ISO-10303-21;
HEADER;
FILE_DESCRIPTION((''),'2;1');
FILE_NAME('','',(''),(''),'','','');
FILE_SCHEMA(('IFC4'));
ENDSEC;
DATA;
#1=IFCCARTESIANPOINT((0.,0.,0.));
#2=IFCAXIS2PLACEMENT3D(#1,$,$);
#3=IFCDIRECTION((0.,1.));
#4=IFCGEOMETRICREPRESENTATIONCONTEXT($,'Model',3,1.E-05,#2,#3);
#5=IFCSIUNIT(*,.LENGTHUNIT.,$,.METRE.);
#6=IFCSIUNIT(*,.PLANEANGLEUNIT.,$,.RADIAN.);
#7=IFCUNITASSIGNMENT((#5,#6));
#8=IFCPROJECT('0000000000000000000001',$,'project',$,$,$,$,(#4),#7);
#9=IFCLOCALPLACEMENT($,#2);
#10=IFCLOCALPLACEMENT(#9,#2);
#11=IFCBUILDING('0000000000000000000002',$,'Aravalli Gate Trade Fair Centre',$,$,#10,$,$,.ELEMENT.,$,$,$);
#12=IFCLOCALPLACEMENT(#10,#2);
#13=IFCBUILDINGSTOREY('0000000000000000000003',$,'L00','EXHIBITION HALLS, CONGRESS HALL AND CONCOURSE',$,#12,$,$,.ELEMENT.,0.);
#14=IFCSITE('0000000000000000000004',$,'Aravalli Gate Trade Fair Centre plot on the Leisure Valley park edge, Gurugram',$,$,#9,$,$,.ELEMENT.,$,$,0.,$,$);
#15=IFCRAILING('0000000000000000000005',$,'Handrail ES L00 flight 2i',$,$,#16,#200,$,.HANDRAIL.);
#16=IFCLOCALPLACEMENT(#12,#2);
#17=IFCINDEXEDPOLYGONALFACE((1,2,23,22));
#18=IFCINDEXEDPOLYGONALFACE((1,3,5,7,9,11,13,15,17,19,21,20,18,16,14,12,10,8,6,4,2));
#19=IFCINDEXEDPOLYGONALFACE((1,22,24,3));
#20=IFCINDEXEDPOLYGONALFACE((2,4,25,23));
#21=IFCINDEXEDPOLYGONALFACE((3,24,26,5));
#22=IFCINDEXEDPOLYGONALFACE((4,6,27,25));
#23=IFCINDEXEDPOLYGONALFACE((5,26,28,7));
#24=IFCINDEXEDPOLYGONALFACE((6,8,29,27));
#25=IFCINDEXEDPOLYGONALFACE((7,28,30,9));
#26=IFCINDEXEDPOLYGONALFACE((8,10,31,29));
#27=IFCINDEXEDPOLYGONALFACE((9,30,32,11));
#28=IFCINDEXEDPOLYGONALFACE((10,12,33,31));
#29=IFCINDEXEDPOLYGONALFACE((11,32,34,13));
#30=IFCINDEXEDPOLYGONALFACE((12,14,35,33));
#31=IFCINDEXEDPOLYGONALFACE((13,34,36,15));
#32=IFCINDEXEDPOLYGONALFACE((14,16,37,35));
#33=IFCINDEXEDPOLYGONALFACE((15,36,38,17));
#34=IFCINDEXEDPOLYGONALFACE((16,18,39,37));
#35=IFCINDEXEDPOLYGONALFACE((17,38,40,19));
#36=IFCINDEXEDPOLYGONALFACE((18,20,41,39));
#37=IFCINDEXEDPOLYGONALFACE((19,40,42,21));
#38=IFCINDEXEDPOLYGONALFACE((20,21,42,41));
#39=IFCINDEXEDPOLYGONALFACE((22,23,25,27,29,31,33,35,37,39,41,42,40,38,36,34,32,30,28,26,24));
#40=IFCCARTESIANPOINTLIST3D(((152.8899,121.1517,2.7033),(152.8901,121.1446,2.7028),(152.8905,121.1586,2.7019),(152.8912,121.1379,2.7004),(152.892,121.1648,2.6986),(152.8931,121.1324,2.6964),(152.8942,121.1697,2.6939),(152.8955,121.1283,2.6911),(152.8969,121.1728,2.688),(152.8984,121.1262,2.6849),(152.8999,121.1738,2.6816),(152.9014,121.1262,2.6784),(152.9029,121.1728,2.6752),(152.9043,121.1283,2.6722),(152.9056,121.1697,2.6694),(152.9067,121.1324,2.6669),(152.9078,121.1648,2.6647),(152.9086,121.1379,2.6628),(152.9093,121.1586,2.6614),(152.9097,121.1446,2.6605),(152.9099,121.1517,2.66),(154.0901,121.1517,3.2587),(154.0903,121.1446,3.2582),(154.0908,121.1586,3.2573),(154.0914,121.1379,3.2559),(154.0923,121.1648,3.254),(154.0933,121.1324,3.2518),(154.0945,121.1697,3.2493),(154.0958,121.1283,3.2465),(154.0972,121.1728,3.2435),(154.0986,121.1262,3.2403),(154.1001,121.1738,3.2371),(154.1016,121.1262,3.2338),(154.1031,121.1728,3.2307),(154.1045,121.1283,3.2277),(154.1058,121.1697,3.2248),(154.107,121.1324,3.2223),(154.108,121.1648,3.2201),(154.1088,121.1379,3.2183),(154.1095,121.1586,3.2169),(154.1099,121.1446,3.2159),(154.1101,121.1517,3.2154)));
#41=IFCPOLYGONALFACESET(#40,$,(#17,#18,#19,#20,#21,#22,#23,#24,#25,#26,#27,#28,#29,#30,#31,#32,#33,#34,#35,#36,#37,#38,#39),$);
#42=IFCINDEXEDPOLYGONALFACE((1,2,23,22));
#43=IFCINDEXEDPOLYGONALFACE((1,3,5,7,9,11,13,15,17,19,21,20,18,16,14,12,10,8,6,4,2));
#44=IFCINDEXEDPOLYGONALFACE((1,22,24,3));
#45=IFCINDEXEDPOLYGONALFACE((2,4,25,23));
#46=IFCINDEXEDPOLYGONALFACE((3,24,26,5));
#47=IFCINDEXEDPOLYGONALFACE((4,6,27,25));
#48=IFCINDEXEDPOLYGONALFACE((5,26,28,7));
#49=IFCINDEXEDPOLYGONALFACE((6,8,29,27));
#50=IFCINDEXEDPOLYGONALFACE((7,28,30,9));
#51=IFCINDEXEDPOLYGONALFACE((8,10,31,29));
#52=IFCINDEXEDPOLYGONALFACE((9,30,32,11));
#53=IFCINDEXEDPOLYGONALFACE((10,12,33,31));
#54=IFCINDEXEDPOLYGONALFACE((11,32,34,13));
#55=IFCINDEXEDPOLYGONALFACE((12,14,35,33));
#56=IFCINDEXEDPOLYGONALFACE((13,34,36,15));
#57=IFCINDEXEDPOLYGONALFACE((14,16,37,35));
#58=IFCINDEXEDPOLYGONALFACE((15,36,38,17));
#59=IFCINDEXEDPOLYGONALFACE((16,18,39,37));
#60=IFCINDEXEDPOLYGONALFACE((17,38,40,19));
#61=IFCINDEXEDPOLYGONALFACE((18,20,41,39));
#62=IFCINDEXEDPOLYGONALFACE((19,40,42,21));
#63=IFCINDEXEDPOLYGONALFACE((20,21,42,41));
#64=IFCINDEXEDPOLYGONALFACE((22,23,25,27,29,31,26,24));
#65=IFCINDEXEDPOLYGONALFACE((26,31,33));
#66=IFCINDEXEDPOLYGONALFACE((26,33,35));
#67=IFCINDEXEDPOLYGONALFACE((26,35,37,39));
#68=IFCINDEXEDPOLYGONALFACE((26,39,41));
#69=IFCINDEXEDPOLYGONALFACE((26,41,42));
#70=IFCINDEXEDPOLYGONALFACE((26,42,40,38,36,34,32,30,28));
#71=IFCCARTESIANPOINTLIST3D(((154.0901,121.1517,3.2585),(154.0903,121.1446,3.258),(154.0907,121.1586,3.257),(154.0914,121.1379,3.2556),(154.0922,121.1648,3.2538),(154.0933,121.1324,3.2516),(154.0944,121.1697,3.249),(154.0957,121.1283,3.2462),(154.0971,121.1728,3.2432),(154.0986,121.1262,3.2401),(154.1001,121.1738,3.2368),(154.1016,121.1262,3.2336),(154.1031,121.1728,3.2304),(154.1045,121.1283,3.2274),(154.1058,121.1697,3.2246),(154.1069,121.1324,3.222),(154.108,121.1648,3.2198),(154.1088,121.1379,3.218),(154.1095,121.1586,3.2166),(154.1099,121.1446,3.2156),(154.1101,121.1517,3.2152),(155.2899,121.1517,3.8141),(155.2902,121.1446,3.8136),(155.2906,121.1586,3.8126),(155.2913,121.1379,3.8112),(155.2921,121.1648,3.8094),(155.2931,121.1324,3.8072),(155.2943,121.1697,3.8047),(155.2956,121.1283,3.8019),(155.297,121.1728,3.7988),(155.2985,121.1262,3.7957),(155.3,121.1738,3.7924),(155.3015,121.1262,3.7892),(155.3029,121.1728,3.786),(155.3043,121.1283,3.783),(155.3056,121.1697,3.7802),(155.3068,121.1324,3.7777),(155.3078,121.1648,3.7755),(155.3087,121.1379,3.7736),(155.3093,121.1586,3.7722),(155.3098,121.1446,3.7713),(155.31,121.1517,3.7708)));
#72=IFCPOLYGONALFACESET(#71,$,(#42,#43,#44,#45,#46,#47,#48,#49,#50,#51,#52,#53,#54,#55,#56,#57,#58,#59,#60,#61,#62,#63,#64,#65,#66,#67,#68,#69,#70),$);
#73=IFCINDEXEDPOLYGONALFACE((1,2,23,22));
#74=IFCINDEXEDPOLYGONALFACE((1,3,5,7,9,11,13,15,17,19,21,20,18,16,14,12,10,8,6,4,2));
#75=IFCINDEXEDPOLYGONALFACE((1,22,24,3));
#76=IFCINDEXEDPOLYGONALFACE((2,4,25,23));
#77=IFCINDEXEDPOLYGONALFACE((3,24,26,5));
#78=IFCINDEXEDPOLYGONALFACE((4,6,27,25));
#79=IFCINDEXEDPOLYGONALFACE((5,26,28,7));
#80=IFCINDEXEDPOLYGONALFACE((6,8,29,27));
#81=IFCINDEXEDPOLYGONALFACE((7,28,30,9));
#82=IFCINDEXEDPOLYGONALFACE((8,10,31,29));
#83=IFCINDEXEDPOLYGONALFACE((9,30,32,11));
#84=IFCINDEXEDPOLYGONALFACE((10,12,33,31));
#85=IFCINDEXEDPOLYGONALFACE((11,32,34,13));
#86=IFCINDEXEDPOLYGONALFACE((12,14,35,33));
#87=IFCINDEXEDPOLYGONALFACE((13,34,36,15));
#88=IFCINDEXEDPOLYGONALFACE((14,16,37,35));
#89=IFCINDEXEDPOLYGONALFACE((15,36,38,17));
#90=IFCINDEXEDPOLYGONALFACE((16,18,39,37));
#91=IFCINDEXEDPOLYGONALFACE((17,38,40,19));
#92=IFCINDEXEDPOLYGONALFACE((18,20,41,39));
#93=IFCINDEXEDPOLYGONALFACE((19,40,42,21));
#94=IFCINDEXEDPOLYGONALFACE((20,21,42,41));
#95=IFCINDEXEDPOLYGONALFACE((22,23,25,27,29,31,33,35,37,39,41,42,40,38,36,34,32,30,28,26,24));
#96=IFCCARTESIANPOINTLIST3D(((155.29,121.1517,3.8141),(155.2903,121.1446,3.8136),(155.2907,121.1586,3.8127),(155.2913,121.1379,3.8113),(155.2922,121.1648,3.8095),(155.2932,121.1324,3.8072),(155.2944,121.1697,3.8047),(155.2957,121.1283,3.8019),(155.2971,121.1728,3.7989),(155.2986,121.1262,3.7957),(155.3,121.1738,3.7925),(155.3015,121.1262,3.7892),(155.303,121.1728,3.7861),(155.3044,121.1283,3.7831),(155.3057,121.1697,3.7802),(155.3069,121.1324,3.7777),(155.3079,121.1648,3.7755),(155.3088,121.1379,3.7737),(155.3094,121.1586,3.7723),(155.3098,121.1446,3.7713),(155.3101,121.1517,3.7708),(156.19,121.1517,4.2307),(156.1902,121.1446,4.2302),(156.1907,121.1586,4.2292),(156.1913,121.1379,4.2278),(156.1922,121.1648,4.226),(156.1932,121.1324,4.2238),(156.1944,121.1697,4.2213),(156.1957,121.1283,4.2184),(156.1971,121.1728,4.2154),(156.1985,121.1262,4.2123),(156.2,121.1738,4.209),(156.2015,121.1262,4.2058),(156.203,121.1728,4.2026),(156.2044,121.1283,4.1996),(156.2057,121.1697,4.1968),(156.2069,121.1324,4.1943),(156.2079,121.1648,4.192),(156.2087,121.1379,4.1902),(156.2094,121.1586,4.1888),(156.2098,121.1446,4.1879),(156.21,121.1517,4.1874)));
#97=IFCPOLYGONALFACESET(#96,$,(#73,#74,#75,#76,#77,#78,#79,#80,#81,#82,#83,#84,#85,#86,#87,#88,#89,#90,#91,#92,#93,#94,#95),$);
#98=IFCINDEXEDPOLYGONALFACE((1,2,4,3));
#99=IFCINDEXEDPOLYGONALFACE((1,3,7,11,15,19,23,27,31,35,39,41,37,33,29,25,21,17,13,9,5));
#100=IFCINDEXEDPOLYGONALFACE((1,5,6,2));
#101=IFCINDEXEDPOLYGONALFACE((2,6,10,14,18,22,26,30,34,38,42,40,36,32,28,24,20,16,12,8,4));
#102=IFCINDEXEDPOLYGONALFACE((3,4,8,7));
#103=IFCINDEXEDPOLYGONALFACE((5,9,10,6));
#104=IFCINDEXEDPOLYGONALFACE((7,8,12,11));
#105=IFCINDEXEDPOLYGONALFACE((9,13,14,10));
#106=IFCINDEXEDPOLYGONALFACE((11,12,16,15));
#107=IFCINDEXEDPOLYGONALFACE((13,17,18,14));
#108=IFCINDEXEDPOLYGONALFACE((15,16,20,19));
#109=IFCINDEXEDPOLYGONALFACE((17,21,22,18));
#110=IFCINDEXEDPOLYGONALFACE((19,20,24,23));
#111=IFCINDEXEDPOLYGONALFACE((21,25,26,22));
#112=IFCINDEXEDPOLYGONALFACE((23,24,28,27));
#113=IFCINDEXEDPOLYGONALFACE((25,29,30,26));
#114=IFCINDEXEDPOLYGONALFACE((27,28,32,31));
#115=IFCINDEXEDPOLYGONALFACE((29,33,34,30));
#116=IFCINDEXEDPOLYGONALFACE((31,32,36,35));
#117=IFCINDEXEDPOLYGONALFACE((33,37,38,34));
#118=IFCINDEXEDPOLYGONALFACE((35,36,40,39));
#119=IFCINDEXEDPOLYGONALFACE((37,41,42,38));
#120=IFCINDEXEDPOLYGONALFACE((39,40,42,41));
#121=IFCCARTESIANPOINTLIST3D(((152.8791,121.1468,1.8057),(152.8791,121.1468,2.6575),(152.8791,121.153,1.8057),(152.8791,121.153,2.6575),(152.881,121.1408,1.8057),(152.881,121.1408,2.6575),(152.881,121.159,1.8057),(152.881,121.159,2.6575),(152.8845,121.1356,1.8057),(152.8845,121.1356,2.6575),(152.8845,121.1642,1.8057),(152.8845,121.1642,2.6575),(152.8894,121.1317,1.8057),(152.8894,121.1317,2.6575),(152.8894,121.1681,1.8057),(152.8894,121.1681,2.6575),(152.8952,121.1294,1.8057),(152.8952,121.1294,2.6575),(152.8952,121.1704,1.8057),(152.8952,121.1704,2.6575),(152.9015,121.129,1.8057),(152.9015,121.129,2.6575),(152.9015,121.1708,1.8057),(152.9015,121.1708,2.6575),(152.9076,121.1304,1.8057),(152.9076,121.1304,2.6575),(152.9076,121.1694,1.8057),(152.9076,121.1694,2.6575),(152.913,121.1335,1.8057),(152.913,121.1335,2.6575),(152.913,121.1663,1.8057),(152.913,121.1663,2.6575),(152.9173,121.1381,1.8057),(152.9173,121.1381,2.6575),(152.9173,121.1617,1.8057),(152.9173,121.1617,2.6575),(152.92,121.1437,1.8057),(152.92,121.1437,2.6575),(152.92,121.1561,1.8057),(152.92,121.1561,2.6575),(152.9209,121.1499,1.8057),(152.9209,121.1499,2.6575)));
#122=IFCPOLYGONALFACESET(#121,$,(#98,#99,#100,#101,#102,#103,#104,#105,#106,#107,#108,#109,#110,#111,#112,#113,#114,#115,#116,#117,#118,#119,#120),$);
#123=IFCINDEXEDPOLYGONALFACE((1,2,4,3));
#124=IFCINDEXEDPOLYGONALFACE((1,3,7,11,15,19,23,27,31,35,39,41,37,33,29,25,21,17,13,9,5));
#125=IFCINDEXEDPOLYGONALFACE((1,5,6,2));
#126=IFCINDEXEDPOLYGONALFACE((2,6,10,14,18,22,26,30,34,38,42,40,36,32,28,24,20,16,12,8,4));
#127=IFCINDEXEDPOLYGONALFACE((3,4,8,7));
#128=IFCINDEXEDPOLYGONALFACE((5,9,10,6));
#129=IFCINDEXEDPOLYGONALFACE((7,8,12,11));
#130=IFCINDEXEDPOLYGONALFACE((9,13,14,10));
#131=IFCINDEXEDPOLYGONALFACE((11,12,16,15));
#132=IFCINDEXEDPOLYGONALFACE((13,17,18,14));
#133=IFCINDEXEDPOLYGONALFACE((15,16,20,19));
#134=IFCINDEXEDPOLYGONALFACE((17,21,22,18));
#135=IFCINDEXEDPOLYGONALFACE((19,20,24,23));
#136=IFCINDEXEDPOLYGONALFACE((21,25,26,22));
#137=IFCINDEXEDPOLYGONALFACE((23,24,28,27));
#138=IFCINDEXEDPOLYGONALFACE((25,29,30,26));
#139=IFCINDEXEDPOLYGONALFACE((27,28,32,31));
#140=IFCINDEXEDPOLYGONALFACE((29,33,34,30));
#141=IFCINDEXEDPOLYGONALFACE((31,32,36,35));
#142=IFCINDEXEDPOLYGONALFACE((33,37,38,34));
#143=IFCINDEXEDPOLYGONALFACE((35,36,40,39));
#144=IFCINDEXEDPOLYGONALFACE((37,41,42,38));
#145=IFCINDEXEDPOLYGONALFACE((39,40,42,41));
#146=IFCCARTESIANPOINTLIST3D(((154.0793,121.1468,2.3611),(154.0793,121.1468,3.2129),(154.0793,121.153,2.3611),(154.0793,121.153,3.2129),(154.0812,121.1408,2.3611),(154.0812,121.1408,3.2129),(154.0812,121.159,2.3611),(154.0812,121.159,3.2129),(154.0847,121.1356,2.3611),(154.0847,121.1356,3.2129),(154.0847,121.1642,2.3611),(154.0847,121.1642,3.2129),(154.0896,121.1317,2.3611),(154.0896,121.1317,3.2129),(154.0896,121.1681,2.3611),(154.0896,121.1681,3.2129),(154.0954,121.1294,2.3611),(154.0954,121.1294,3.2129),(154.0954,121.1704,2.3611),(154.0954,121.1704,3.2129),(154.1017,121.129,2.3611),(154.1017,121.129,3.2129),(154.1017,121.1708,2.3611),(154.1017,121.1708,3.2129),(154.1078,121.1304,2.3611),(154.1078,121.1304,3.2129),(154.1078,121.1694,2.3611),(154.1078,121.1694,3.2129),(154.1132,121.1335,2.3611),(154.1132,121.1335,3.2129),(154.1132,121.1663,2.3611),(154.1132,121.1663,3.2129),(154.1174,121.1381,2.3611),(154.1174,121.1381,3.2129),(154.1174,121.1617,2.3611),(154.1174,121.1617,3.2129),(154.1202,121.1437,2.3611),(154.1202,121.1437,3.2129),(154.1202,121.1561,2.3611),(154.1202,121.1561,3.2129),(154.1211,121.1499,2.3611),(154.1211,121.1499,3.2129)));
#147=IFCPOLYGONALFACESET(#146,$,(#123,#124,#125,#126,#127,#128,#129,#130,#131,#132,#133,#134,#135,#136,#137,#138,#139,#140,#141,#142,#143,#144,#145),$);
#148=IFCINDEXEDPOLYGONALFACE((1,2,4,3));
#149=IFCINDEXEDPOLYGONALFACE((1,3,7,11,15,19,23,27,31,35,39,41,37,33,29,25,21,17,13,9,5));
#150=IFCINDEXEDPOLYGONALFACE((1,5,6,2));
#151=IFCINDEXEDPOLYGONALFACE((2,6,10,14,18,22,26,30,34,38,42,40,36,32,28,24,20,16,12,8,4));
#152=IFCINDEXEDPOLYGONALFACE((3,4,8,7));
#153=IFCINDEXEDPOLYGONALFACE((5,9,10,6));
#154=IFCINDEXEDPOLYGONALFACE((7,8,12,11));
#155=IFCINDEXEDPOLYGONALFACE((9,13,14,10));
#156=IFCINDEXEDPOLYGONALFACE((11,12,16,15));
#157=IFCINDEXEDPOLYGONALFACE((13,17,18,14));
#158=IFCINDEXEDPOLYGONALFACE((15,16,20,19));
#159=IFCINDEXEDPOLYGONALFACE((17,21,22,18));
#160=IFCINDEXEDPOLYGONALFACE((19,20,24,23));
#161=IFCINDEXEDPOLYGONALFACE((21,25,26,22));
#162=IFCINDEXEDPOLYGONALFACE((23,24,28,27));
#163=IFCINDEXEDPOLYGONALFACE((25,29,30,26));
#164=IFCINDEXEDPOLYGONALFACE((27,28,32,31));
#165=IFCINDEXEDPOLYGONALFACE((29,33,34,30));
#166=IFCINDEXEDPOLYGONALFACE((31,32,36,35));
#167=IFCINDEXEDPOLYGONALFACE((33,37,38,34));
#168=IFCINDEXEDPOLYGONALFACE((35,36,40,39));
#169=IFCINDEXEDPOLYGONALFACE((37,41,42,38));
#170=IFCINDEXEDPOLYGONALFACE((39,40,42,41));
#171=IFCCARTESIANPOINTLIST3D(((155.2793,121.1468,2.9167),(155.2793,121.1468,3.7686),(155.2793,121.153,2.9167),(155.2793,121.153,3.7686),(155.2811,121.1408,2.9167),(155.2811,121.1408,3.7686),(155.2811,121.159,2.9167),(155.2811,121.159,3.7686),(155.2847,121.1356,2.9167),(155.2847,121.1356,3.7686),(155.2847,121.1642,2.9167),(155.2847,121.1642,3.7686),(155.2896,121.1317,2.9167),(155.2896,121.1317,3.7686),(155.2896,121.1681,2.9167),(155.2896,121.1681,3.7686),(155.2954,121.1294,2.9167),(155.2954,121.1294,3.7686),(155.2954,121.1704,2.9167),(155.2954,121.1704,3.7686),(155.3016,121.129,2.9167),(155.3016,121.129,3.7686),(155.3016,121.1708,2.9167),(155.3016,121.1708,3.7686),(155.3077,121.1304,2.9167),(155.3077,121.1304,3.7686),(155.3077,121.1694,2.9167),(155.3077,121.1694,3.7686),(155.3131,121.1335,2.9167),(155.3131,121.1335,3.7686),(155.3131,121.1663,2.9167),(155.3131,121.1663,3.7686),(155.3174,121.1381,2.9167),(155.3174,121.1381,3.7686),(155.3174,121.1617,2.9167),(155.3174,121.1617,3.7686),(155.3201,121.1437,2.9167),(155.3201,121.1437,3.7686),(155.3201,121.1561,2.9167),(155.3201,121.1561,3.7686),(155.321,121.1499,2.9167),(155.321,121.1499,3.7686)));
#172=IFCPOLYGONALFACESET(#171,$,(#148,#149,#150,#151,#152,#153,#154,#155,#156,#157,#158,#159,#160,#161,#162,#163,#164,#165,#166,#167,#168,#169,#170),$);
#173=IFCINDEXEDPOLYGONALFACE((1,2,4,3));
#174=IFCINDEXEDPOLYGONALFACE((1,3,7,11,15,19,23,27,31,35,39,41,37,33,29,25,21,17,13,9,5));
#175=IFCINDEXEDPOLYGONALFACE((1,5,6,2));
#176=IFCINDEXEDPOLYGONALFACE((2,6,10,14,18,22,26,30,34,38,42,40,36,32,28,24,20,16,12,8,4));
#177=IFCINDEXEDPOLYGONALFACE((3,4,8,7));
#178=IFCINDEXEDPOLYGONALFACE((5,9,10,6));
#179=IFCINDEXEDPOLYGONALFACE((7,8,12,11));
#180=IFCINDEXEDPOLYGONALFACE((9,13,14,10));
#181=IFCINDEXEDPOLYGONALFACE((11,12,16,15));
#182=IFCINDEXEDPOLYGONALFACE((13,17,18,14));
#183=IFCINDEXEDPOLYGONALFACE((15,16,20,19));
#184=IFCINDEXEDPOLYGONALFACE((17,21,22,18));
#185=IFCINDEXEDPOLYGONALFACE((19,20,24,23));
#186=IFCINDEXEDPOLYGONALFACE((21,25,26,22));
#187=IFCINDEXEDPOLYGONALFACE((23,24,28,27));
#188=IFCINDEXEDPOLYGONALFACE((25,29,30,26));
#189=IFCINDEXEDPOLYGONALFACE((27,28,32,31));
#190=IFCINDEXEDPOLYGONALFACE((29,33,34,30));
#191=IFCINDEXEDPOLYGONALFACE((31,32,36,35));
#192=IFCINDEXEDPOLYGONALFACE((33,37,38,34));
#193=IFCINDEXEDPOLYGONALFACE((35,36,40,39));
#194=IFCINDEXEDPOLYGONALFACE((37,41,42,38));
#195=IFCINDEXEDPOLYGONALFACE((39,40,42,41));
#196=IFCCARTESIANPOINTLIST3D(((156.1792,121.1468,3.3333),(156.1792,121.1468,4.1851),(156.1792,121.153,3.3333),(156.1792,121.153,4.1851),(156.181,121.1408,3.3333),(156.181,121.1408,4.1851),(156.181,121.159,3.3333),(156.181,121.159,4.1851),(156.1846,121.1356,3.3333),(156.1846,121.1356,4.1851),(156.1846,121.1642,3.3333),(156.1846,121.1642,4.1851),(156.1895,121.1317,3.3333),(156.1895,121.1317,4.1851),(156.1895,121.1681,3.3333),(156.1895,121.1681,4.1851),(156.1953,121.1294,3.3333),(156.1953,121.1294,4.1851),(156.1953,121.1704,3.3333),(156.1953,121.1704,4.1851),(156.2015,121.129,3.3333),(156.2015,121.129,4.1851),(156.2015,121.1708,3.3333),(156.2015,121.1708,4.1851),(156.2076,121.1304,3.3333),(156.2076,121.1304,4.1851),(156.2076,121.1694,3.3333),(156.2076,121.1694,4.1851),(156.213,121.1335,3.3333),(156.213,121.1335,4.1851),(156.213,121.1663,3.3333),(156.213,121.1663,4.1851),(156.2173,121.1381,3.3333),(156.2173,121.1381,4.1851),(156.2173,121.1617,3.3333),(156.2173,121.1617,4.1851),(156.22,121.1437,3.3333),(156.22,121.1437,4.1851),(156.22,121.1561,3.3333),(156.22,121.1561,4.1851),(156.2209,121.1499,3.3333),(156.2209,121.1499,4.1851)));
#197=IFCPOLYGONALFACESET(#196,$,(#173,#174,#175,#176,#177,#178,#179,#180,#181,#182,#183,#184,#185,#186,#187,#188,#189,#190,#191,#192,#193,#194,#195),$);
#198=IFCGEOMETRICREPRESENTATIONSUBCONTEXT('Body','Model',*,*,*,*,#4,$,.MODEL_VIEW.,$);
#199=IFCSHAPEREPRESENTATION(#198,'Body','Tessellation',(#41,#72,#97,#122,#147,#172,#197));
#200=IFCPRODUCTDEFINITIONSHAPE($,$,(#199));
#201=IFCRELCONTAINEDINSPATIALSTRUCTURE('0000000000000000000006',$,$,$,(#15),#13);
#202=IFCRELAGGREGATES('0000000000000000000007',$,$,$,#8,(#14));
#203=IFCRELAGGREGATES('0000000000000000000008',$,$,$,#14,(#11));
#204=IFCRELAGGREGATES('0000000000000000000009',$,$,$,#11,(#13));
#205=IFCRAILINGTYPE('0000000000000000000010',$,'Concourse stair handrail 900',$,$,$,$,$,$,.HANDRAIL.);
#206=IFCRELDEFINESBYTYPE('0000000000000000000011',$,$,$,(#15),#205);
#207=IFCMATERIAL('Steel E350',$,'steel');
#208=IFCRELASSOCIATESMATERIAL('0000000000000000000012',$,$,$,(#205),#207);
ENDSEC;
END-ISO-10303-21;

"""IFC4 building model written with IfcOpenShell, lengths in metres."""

from ifc_helpers import new_model, si_unit, direction, frame, origin, origin_2d, place, context, subcontext, project, spatial, circle, extrude, material, type_object, element, save


model = new_model("IFC4")

# Units and contexts
model_context = context("Model", 3, precision=1e-05, world=origin(), true_north=direction((0.0, 1.0)))
body_context = subcontext(model_context, "Body", "Model", "MODEL_VIEW")
ifc_project = project(units=[si_unit("LENGTHUNIT", "METRE"), si_unit("PLANEANGLEUNIT", "RADIAN")], contexts=[model_context])

# Site, building, storey
site_placement = place(None, origin())
site = spatial("IfcSite", under=ifc_project, at=site_placement, Name="Aravalli Gate Trade Fair Centre plot on the Leisure Valley park edge, Gurugram", CompositionType="ELEMENT", RefElevation=0.0)
building_placement = place(site_placement, origin())
building = spatial("IfcBuilding", under=site, at=building_placement, Name="Aravalli Gate Trade Fair Centre", CompositionType="ELEMENT")
storey_placement = place(building_placement, origin())
storey = spatial("IfcBuildingStorey", under=building, at=storey_placement, Name="L00", Description="EXHIBITION HALLS, CONGRESS HALL AND CONCOURSE", CompositionType="ELEMENT", Elevation=0.0)

# Shared definitions
ifc_material_1 = material(Name="Steel E350", Category="steel")

# Railing
railing_type = type_object("IfcRailingType", Name="Concourse stair handrail 900", PredefinedType="HANDRAIL", material=ifc_material_1)
for number, where, name in (
    (1, (152.8999, 121.1499, 1.8057), "Handrail ES L00 flight 2i"),
):
    element("IfcRailing", number, at=place(storey_placement, frame(where)), inside=storey, type_object=railing_type, Name=name, PredefinedType="HANDRAIL", context=body_context, shape_type="SweptSolid", body=[
        extrude(circle(Radius=0.0239, at=origin_2d()), frame((0.0, 0.0, 0.876), z_axis=(0.907532, 0.0, 0.419983), x_axis=(0.0, 1.0, 0.0)), (0.0, 0.0, 1.0), 1.3225),
        extrude(circle(Radius=0.0239, at=origin_2d()), frame((1.2002, 0.0, 1.4312), z_axis=(0.907429, 0.0, 0.420205), x_axis=(0.0, 1.0, 0.0)), (0.0, 0.0, 1.0), 1.3223),
        extrude(circle(Radius=0.0239, at=origin_2d()), frame((2.4001, 0.0, 1.9868), z_axis=(0.907512, 0.0, 0.420026), x_axis=(0.0, 1.0, 0.0)), (0.0, 0.0, 1.0), 0.9917),
        extrude(circle(Radius=0.021, at=origin_2d()), origin(), (0.0, 0.0, 1.0), 0.8518),
        extrude(circle(Radius=0.021, at=origin_2d()), frame((1.2002, 0.0, 0.5554)), (0.0, 0.0, 1.0), 0.8518),
        extrude(circle(Radius=0.021, at=origin_2d()), frame((2.4001, 0.0, 1.1111)), (0.0, 0.0, 1.0), 0.8518),
        extrude(circle(Radius=0.021, at=origin_2d()), frame((3.3, 0.0, 1.5276)), (0.0, 0.0, 1.0), 0.8518),
    ])

save(model, "model.ifc")
